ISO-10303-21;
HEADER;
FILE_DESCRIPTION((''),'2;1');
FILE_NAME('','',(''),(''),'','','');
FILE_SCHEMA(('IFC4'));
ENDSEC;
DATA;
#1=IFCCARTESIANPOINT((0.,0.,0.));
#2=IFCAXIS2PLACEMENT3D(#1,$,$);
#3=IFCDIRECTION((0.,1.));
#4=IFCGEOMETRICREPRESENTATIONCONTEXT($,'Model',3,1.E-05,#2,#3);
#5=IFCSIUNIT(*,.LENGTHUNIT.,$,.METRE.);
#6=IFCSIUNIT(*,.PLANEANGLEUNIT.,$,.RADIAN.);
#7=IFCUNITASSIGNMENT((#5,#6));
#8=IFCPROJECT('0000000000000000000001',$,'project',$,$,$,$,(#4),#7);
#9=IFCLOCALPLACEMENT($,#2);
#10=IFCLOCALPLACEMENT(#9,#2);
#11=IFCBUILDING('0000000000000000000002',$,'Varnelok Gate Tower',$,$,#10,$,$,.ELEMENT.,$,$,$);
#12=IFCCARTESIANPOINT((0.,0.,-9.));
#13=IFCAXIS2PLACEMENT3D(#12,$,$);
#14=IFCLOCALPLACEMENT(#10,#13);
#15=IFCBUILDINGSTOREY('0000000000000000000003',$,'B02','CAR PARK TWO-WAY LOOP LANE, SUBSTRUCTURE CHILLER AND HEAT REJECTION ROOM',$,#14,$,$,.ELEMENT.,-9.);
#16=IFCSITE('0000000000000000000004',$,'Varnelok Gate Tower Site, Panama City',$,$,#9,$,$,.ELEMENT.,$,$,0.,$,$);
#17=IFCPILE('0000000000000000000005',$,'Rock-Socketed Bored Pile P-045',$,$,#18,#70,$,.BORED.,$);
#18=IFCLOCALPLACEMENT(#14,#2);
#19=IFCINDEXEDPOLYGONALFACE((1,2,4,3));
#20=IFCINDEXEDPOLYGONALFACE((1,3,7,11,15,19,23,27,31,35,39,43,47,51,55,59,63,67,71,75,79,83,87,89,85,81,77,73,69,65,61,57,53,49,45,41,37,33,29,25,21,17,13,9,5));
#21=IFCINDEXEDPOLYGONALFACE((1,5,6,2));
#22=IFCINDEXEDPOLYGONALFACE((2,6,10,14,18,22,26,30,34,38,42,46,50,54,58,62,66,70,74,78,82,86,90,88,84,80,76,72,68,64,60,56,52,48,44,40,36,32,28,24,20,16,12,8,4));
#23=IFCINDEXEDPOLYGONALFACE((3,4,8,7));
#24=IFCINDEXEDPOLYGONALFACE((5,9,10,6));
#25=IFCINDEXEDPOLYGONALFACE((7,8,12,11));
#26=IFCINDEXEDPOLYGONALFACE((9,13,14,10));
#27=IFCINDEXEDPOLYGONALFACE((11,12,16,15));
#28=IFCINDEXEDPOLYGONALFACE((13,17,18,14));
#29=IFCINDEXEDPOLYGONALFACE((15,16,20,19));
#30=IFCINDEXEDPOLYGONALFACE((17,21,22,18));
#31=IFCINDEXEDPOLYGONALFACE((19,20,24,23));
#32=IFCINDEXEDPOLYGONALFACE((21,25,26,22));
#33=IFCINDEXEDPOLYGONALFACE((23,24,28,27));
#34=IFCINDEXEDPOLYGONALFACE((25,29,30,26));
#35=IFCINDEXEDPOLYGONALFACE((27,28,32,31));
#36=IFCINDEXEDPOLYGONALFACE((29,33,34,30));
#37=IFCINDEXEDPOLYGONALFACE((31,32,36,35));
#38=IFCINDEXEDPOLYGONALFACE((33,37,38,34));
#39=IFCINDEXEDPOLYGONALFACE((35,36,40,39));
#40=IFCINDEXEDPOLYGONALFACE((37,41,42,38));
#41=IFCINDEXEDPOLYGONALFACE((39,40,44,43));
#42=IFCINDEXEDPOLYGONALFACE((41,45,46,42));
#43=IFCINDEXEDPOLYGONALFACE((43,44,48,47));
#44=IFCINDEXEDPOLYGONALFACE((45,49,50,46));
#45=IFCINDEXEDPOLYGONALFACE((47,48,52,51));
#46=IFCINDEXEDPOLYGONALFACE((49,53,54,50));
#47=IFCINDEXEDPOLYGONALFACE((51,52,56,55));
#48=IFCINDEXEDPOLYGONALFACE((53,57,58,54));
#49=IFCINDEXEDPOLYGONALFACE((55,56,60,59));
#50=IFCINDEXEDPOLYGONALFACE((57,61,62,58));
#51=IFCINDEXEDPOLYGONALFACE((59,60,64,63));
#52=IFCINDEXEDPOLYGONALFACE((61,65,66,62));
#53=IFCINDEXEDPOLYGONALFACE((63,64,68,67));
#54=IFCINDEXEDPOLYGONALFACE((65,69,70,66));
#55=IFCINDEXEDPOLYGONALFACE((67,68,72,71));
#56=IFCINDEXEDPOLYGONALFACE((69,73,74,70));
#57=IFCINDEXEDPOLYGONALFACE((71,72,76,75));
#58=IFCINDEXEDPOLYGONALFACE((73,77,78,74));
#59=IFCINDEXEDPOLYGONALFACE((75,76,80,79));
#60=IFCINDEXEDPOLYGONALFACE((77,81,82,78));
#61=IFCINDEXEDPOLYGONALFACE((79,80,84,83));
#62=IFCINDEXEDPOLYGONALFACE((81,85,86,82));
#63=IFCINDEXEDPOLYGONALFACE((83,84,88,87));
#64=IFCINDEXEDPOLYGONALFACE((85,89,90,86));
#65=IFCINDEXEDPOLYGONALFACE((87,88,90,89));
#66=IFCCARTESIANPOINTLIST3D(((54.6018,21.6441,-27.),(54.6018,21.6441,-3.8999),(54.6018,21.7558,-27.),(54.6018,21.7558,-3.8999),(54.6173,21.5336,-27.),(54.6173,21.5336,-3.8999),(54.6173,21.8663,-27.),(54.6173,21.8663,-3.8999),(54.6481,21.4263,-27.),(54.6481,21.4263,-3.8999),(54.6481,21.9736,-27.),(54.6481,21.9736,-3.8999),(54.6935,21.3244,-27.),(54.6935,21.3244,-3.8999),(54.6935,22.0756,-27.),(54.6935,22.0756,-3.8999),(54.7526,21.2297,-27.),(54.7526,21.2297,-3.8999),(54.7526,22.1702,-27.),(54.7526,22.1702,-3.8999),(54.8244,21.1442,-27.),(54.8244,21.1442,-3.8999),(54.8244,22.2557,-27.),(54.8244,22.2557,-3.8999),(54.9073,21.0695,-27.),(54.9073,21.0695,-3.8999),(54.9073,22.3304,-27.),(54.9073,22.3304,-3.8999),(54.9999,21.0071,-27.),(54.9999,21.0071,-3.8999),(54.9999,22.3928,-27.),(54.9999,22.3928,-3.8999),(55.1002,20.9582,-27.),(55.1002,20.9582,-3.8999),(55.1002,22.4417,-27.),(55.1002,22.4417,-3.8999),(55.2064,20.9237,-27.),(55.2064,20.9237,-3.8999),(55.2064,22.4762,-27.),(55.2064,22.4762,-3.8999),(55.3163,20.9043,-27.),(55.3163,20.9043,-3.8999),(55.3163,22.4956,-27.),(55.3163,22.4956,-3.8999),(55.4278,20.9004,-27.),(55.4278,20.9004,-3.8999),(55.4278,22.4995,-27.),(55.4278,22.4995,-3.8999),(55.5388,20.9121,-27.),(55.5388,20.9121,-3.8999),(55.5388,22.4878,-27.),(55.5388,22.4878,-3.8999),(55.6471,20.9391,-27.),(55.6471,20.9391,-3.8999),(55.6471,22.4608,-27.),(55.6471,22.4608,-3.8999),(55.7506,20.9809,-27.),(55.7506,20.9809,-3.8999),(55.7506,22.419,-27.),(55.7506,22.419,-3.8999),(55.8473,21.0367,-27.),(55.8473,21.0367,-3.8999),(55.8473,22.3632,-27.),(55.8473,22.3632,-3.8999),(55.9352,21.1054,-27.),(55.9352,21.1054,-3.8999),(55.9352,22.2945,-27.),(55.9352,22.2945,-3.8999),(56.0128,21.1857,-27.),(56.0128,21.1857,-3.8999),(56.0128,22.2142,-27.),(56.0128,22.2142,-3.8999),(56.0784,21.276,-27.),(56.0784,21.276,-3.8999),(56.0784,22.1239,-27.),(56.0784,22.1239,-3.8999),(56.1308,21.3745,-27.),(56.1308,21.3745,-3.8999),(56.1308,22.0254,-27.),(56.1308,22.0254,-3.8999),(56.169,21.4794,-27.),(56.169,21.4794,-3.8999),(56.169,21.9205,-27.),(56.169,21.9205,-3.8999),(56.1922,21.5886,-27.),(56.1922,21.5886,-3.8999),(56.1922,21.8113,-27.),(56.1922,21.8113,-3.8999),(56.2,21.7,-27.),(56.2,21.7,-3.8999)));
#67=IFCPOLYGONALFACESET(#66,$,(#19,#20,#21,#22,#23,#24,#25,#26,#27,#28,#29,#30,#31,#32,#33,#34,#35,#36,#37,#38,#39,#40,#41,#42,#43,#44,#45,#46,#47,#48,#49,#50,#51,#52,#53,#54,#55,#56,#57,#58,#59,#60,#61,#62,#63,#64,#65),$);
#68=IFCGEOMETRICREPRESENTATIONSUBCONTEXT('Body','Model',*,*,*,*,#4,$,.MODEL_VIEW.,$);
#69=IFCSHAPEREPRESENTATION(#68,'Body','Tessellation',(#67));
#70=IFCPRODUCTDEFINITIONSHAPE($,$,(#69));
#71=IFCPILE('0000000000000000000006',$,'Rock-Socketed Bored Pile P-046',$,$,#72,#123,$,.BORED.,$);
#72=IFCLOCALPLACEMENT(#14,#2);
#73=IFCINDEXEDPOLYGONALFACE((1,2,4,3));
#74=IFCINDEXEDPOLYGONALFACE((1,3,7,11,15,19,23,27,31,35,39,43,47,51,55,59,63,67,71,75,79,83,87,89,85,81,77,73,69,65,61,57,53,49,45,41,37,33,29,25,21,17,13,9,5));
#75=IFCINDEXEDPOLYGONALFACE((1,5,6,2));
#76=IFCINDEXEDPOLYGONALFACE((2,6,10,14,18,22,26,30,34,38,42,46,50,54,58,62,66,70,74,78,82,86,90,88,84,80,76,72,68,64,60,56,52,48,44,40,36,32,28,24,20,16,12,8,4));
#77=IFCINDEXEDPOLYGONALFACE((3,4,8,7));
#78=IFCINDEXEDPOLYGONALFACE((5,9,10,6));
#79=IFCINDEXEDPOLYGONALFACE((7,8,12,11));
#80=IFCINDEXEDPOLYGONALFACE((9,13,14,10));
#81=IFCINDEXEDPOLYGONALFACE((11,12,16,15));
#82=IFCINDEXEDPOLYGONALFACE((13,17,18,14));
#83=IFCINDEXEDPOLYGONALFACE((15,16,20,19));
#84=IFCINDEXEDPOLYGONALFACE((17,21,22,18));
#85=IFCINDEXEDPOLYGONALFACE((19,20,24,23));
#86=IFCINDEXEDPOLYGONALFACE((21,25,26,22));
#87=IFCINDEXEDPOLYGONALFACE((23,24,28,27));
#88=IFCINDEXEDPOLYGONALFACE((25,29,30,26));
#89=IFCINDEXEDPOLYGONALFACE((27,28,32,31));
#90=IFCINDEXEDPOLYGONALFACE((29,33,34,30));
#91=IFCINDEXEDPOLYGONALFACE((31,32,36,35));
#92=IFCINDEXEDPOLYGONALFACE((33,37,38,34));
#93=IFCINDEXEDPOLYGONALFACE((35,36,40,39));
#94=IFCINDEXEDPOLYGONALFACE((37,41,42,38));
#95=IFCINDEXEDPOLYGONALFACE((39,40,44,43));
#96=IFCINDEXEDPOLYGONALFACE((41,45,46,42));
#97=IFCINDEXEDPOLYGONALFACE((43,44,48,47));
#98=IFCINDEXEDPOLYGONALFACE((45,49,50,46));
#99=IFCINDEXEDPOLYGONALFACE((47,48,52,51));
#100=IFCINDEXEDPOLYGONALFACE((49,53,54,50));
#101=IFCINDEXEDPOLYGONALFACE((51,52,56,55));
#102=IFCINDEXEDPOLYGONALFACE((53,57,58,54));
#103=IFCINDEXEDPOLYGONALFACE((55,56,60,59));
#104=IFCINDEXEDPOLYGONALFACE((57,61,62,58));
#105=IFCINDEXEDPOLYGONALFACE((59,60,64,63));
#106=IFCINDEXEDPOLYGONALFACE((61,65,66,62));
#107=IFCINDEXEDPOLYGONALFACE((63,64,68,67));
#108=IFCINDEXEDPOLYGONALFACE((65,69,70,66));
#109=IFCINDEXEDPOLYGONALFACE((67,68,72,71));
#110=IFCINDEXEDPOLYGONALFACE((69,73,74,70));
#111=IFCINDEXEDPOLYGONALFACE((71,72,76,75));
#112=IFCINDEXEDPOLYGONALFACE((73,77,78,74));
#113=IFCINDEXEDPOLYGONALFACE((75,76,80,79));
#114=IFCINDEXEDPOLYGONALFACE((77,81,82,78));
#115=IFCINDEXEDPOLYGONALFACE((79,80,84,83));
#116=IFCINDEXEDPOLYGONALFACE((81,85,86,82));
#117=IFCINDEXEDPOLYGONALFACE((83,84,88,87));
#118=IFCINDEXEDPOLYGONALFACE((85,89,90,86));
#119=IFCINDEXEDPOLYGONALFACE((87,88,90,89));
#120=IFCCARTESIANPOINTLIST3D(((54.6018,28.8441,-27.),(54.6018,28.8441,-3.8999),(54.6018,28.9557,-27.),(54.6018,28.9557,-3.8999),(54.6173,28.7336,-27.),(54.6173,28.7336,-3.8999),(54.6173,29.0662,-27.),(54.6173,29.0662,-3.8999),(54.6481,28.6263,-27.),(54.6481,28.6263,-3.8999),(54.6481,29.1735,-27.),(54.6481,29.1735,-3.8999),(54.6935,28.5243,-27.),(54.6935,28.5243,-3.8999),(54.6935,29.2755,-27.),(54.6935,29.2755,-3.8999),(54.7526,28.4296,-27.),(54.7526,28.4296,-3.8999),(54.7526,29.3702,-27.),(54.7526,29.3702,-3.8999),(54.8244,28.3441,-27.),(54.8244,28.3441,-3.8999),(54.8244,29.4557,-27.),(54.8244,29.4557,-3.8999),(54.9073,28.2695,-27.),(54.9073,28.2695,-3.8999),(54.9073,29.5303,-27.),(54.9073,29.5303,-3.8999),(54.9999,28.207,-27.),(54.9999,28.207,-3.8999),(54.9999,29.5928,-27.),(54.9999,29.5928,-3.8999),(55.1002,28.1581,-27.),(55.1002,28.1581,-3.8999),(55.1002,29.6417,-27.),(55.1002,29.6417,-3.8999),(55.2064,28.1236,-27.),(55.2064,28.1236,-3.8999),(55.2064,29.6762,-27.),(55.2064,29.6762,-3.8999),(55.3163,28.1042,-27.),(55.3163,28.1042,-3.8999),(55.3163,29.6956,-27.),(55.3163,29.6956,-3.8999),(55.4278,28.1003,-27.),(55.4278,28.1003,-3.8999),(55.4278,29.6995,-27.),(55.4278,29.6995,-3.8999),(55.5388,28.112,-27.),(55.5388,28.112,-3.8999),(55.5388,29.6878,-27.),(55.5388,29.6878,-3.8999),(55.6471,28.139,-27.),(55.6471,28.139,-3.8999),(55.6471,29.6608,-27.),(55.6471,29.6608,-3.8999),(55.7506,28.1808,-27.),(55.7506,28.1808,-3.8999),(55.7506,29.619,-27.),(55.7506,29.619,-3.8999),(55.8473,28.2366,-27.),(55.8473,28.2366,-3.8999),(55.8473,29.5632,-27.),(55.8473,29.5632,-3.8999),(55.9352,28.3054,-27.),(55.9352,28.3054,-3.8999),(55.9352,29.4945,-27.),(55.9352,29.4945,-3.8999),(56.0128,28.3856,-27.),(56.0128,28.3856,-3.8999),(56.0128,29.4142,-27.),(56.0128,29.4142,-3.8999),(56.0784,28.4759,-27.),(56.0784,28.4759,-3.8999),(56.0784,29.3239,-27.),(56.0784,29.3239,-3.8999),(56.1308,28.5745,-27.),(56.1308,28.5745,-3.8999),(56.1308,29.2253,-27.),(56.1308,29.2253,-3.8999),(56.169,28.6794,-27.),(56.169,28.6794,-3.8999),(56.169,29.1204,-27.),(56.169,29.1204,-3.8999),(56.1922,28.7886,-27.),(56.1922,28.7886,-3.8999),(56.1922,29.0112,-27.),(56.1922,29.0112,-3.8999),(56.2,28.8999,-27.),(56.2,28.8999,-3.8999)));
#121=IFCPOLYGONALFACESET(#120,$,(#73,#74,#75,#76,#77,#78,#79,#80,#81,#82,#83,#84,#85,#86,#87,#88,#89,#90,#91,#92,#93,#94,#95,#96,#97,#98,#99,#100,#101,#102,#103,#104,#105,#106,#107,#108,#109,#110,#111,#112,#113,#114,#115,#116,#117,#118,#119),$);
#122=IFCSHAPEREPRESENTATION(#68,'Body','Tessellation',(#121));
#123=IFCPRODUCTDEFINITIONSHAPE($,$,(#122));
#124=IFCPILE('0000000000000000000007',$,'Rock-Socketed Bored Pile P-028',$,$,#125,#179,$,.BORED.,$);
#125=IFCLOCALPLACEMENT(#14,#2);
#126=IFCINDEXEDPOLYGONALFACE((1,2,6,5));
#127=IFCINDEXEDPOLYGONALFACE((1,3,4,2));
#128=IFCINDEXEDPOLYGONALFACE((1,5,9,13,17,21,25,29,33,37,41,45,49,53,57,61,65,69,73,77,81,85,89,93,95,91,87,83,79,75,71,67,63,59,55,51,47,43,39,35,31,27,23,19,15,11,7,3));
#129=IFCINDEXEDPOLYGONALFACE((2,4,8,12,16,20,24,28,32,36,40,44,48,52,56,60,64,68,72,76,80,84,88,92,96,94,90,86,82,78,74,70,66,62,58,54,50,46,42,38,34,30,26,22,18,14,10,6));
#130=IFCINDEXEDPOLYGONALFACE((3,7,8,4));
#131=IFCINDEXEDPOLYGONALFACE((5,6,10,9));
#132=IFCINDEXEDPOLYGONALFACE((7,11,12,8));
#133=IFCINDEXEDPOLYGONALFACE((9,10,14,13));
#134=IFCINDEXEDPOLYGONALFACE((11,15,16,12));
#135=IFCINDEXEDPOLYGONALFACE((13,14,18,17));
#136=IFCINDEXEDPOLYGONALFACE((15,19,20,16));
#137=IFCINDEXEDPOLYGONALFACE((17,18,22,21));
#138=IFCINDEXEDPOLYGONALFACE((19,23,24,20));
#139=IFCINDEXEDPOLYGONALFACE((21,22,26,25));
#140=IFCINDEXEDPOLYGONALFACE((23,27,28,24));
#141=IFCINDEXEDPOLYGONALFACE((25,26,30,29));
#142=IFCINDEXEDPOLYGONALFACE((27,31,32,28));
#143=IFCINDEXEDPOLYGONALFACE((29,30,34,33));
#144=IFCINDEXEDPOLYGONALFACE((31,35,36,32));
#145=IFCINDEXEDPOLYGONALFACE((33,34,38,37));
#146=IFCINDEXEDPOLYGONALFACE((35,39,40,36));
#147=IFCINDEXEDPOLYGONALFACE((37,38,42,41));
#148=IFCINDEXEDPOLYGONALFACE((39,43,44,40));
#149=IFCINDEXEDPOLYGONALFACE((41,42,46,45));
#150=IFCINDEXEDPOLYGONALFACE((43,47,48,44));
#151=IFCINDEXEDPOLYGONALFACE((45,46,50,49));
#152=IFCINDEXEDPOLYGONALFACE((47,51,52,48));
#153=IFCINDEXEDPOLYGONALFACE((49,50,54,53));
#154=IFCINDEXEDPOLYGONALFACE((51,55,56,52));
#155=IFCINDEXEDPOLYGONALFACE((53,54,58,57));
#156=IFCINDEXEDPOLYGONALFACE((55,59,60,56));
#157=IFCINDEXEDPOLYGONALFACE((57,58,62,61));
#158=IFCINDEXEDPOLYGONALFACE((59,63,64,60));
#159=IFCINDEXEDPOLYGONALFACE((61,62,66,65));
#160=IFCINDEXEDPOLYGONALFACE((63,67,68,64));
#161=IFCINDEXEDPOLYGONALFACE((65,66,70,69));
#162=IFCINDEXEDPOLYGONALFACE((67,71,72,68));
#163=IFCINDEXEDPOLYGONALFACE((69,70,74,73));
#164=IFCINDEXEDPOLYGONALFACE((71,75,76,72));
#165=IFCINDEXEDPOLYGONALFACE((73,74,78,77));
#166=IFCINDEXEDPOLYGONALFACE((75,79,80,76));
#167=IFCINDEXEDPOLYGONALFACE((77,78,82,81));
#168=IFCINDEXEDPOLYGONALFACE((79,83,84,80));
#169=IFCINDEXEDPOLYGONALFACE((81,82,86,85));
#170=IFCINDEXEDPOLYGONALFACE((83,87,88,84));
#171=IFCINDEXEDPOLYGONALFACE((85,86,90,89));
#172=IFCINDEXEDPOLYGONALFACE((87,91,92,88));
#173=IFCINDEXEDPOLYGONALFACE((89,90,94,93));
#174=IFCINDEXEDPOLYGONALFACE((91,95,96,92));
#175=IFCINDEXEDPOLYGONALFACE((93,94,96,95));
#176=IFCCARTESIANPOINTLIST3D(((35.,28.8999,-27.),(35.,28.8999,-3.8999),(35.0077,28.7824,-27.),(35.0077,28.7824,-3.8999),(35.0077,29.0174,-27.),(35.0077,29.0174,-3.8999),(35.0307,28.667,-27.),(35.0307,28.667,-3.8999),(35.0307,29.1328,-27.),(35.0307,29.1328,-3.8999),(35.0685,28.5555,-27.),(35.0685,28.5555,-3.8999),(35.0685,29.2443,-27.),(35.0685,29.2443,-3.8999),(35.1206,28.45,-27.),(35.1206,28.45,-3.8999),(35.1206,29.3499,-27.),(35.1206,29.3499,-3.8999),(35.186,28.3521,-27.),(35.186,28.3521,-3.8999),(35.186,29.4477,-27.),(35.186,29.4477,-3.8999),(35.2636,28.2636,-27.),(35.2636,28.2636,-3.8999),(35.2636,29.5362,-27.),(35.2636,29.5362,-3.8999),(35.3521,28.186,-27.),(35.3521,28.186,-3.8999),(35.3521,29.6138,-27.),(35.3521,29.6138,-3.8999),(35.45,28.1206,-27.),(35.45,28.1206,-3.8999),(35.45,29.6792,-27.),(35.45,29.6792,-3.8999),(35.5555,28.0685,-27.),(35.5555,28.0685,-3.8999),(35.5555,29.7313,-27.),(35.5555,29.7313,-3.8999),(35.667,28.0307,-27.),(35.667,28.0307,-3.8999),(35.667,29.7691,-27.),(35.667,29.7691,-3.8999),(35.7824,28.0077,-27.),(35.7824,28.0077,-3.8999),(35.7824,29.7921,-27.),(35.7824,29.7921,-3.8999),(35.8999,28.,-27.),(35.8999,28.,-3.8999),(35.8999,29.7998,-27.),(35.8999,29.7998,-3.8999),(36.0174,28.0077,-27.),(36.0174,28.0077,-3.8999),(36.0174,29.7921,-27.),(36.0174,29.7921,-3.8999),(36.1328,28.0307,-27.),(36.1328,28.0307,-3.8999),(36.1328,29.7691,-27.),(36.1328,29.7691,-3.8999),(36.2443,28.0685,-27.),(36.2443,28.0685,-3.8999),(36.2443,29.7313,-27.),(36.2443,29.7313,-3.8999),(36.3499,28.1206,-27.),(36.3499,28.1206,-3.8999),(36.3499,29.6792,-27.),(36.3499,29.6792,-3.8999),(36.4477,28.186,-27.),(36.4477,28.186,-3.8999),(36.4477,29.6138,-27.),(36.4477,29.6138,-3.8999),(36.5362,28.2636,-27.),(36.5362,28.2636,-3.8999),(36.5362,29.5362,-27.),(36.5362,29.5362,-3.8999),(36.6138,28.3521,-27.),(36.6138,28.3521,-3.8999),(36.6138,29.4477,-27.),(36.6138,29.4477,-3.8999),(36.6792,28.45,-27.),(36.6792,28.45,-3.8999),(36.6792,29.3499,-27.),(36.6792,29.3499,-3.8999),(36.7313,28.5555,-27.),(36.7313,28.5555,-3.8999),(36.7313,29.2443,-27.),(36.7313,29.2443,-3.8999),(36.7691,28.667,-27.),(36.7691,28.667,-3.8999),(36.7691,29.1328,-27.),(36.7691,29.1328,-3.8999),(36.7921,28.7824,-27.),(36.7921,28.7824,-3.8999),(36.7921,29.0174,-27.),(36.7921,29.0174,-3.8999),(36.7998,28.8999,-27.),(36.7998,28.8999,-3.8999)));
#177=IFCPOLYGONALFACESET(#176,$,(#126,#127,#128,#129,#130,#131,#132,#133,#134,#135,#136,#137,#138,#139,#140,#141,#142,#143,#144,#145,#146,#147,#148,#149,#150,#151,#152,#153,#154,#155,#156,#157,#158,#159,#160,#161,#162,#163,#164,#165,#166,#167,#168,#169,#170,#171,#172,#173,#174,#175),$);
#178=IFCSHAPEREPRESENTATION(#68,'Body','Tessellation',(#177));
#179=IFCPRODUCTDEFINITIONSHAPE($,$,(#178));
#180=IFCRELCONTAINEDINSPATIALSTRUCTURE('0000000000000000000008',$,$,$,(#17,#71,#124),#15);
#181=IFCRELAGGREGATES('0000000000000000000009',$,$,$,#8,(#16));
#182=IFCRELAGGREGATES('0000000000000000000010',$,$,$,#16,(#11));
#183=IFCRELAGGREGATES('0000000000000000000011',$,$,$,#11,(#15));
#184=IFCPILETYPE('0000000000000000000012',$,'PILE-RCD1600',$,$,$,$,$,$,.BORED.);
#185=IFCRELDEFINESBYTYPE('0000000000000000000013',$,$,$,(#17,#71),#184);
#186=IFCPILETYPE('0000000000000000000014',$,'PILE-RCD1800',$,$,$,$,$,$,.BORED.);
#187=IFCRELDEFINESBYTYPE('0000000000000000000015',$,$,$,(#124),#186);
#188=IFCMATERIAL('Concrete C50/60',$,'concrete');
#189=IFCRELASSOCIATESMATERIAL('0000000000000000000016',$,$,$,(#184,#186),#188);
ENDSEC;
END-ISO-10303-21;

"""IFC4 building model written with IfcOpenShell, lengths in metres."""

from ifc_helpers import new_model, si_unit, direction, frame, origin, origin_2d, place, context, subcontext, project, spatial, circle, extrude, material, material_profile, profile_set, type_object, element, save


model = new_model("IFC4")

# Units and contexts
model_context = context("Model", 3, precision=1e-05, world=origin(), true_north=direction((0.0, 1.0)))
body_context = subcontext(model_context, "Body", "Model", "MODEL_VIEW")
ifc_project = project(units=[si_unit("LENGTHUNIT", "METRE"), si_unit("PLANEANGLEUNIT", "RADIAN")], contexts=[model_context])

# Site, building, storey
site_placement = place(None, origin())
site = spatial("IfcSite", under=ifc_project, at=site_placement, Name="Varnelok Gate Tower Site, Panama City", CompositionType="ELEMENT", RefElevation=0.0)
building_placement = place(site_placement, origin())
building = spatial("IfcBuilding", under=site, at=building_placement, Name="Varnelok Gate Tower", CompositionType="ELEMENT")
storey_placement = place(building_placement, frame((0.0, 0.0, -9.0)))
storey = spatial("IfcBuildingStorey", under=building, at=storey_placement, Name="B02", Description="CAR PARK TWO-WAY LOOP LANE, SUBSTRUCTURE CHILLER AND HEAT REJECTION ROOM", CompositionType="ELEMENT", Elevation=-9.0)

# Shared definitions
ifc_material_1 = material(Name="Concrete C50/60", Category="concrete")

# Piles
ifc_material_profile_1 = material_profile(ifc_material_1, circle(Radius=0.8, at=origin_2d()), Name="RCD1600")
ifc_profile_set_1 = profile_set([ifc_material_profile_1], Name="Concrete C50/60")
pile_type_1 = type_object("IfcPileType", Name="PILE-RCD1600", PredefinedType="BORED", material=ifc_profile_set_1)
for number, where, z_axis, x_axis, name in (
    (1, (55.3999, 21.7, -3.8999), (0.0, 0.0, -1.0), (1.0, 0.0, 0.0), "Rock-Socketed Bored Pile P-045"),
    (2, (55.3999, 28.8999, -3.8999), (0.0, 0.0, -1.0), (1.0, 0.0, 0.0), "Rock-Socketed Bored Pile P-046"),
):
    element("IfcPile", number, at=place(storey_placement, frame(where, z_axis=z_axis, x_axis=x_axis)), inside=storey, type_object=pile_type_1, Name=name, PredefinedType="BORED", context=body_context, shape_type="SweptSolid", body=[
        extrude(circle(Radius=0.8, at=origin_2d()), origin(), (0.0, 0.0, 1.0), 23.1001),
    ])
ifc_material_profile_2 = material_profile(ifc_material_1, circle(Radius=0.8999, at=origin_2d()), Name="RCD1800")
ifc_profile_set_2 = profile_set([ifc_material_profile_2], Name="Concrete C50/60")
pile_type_2 = type_object("IfcPileType", Name="PILE-RCD1800", PredefinedType="BORED", material=ifc_profile_set_2)
for number, where, z_axis, x_axis, name in (
    (3, (35.8999, 28.8999, -3.8999), (0.0, 0.0, -1.0), (1.0, 0.0, 0.0), "Rock-Socketed Bored Pile P-028"),
):
    element("IfcPile", number, at=place(storey_placement, frame(where, z_axis=z_axis, x_axis=x_axis)), inside=storey, type_object=pile_type_2, Name=name, PredefinedType="BORED", context=body_context, shape_type="SweptSolid", body=[
        extrude(circle(Radius=0.8999, at=origin_2d()), origin(), (0.0, 0.0, 1.0), 23.1001),
    ])

save(model, "model.ifc")
